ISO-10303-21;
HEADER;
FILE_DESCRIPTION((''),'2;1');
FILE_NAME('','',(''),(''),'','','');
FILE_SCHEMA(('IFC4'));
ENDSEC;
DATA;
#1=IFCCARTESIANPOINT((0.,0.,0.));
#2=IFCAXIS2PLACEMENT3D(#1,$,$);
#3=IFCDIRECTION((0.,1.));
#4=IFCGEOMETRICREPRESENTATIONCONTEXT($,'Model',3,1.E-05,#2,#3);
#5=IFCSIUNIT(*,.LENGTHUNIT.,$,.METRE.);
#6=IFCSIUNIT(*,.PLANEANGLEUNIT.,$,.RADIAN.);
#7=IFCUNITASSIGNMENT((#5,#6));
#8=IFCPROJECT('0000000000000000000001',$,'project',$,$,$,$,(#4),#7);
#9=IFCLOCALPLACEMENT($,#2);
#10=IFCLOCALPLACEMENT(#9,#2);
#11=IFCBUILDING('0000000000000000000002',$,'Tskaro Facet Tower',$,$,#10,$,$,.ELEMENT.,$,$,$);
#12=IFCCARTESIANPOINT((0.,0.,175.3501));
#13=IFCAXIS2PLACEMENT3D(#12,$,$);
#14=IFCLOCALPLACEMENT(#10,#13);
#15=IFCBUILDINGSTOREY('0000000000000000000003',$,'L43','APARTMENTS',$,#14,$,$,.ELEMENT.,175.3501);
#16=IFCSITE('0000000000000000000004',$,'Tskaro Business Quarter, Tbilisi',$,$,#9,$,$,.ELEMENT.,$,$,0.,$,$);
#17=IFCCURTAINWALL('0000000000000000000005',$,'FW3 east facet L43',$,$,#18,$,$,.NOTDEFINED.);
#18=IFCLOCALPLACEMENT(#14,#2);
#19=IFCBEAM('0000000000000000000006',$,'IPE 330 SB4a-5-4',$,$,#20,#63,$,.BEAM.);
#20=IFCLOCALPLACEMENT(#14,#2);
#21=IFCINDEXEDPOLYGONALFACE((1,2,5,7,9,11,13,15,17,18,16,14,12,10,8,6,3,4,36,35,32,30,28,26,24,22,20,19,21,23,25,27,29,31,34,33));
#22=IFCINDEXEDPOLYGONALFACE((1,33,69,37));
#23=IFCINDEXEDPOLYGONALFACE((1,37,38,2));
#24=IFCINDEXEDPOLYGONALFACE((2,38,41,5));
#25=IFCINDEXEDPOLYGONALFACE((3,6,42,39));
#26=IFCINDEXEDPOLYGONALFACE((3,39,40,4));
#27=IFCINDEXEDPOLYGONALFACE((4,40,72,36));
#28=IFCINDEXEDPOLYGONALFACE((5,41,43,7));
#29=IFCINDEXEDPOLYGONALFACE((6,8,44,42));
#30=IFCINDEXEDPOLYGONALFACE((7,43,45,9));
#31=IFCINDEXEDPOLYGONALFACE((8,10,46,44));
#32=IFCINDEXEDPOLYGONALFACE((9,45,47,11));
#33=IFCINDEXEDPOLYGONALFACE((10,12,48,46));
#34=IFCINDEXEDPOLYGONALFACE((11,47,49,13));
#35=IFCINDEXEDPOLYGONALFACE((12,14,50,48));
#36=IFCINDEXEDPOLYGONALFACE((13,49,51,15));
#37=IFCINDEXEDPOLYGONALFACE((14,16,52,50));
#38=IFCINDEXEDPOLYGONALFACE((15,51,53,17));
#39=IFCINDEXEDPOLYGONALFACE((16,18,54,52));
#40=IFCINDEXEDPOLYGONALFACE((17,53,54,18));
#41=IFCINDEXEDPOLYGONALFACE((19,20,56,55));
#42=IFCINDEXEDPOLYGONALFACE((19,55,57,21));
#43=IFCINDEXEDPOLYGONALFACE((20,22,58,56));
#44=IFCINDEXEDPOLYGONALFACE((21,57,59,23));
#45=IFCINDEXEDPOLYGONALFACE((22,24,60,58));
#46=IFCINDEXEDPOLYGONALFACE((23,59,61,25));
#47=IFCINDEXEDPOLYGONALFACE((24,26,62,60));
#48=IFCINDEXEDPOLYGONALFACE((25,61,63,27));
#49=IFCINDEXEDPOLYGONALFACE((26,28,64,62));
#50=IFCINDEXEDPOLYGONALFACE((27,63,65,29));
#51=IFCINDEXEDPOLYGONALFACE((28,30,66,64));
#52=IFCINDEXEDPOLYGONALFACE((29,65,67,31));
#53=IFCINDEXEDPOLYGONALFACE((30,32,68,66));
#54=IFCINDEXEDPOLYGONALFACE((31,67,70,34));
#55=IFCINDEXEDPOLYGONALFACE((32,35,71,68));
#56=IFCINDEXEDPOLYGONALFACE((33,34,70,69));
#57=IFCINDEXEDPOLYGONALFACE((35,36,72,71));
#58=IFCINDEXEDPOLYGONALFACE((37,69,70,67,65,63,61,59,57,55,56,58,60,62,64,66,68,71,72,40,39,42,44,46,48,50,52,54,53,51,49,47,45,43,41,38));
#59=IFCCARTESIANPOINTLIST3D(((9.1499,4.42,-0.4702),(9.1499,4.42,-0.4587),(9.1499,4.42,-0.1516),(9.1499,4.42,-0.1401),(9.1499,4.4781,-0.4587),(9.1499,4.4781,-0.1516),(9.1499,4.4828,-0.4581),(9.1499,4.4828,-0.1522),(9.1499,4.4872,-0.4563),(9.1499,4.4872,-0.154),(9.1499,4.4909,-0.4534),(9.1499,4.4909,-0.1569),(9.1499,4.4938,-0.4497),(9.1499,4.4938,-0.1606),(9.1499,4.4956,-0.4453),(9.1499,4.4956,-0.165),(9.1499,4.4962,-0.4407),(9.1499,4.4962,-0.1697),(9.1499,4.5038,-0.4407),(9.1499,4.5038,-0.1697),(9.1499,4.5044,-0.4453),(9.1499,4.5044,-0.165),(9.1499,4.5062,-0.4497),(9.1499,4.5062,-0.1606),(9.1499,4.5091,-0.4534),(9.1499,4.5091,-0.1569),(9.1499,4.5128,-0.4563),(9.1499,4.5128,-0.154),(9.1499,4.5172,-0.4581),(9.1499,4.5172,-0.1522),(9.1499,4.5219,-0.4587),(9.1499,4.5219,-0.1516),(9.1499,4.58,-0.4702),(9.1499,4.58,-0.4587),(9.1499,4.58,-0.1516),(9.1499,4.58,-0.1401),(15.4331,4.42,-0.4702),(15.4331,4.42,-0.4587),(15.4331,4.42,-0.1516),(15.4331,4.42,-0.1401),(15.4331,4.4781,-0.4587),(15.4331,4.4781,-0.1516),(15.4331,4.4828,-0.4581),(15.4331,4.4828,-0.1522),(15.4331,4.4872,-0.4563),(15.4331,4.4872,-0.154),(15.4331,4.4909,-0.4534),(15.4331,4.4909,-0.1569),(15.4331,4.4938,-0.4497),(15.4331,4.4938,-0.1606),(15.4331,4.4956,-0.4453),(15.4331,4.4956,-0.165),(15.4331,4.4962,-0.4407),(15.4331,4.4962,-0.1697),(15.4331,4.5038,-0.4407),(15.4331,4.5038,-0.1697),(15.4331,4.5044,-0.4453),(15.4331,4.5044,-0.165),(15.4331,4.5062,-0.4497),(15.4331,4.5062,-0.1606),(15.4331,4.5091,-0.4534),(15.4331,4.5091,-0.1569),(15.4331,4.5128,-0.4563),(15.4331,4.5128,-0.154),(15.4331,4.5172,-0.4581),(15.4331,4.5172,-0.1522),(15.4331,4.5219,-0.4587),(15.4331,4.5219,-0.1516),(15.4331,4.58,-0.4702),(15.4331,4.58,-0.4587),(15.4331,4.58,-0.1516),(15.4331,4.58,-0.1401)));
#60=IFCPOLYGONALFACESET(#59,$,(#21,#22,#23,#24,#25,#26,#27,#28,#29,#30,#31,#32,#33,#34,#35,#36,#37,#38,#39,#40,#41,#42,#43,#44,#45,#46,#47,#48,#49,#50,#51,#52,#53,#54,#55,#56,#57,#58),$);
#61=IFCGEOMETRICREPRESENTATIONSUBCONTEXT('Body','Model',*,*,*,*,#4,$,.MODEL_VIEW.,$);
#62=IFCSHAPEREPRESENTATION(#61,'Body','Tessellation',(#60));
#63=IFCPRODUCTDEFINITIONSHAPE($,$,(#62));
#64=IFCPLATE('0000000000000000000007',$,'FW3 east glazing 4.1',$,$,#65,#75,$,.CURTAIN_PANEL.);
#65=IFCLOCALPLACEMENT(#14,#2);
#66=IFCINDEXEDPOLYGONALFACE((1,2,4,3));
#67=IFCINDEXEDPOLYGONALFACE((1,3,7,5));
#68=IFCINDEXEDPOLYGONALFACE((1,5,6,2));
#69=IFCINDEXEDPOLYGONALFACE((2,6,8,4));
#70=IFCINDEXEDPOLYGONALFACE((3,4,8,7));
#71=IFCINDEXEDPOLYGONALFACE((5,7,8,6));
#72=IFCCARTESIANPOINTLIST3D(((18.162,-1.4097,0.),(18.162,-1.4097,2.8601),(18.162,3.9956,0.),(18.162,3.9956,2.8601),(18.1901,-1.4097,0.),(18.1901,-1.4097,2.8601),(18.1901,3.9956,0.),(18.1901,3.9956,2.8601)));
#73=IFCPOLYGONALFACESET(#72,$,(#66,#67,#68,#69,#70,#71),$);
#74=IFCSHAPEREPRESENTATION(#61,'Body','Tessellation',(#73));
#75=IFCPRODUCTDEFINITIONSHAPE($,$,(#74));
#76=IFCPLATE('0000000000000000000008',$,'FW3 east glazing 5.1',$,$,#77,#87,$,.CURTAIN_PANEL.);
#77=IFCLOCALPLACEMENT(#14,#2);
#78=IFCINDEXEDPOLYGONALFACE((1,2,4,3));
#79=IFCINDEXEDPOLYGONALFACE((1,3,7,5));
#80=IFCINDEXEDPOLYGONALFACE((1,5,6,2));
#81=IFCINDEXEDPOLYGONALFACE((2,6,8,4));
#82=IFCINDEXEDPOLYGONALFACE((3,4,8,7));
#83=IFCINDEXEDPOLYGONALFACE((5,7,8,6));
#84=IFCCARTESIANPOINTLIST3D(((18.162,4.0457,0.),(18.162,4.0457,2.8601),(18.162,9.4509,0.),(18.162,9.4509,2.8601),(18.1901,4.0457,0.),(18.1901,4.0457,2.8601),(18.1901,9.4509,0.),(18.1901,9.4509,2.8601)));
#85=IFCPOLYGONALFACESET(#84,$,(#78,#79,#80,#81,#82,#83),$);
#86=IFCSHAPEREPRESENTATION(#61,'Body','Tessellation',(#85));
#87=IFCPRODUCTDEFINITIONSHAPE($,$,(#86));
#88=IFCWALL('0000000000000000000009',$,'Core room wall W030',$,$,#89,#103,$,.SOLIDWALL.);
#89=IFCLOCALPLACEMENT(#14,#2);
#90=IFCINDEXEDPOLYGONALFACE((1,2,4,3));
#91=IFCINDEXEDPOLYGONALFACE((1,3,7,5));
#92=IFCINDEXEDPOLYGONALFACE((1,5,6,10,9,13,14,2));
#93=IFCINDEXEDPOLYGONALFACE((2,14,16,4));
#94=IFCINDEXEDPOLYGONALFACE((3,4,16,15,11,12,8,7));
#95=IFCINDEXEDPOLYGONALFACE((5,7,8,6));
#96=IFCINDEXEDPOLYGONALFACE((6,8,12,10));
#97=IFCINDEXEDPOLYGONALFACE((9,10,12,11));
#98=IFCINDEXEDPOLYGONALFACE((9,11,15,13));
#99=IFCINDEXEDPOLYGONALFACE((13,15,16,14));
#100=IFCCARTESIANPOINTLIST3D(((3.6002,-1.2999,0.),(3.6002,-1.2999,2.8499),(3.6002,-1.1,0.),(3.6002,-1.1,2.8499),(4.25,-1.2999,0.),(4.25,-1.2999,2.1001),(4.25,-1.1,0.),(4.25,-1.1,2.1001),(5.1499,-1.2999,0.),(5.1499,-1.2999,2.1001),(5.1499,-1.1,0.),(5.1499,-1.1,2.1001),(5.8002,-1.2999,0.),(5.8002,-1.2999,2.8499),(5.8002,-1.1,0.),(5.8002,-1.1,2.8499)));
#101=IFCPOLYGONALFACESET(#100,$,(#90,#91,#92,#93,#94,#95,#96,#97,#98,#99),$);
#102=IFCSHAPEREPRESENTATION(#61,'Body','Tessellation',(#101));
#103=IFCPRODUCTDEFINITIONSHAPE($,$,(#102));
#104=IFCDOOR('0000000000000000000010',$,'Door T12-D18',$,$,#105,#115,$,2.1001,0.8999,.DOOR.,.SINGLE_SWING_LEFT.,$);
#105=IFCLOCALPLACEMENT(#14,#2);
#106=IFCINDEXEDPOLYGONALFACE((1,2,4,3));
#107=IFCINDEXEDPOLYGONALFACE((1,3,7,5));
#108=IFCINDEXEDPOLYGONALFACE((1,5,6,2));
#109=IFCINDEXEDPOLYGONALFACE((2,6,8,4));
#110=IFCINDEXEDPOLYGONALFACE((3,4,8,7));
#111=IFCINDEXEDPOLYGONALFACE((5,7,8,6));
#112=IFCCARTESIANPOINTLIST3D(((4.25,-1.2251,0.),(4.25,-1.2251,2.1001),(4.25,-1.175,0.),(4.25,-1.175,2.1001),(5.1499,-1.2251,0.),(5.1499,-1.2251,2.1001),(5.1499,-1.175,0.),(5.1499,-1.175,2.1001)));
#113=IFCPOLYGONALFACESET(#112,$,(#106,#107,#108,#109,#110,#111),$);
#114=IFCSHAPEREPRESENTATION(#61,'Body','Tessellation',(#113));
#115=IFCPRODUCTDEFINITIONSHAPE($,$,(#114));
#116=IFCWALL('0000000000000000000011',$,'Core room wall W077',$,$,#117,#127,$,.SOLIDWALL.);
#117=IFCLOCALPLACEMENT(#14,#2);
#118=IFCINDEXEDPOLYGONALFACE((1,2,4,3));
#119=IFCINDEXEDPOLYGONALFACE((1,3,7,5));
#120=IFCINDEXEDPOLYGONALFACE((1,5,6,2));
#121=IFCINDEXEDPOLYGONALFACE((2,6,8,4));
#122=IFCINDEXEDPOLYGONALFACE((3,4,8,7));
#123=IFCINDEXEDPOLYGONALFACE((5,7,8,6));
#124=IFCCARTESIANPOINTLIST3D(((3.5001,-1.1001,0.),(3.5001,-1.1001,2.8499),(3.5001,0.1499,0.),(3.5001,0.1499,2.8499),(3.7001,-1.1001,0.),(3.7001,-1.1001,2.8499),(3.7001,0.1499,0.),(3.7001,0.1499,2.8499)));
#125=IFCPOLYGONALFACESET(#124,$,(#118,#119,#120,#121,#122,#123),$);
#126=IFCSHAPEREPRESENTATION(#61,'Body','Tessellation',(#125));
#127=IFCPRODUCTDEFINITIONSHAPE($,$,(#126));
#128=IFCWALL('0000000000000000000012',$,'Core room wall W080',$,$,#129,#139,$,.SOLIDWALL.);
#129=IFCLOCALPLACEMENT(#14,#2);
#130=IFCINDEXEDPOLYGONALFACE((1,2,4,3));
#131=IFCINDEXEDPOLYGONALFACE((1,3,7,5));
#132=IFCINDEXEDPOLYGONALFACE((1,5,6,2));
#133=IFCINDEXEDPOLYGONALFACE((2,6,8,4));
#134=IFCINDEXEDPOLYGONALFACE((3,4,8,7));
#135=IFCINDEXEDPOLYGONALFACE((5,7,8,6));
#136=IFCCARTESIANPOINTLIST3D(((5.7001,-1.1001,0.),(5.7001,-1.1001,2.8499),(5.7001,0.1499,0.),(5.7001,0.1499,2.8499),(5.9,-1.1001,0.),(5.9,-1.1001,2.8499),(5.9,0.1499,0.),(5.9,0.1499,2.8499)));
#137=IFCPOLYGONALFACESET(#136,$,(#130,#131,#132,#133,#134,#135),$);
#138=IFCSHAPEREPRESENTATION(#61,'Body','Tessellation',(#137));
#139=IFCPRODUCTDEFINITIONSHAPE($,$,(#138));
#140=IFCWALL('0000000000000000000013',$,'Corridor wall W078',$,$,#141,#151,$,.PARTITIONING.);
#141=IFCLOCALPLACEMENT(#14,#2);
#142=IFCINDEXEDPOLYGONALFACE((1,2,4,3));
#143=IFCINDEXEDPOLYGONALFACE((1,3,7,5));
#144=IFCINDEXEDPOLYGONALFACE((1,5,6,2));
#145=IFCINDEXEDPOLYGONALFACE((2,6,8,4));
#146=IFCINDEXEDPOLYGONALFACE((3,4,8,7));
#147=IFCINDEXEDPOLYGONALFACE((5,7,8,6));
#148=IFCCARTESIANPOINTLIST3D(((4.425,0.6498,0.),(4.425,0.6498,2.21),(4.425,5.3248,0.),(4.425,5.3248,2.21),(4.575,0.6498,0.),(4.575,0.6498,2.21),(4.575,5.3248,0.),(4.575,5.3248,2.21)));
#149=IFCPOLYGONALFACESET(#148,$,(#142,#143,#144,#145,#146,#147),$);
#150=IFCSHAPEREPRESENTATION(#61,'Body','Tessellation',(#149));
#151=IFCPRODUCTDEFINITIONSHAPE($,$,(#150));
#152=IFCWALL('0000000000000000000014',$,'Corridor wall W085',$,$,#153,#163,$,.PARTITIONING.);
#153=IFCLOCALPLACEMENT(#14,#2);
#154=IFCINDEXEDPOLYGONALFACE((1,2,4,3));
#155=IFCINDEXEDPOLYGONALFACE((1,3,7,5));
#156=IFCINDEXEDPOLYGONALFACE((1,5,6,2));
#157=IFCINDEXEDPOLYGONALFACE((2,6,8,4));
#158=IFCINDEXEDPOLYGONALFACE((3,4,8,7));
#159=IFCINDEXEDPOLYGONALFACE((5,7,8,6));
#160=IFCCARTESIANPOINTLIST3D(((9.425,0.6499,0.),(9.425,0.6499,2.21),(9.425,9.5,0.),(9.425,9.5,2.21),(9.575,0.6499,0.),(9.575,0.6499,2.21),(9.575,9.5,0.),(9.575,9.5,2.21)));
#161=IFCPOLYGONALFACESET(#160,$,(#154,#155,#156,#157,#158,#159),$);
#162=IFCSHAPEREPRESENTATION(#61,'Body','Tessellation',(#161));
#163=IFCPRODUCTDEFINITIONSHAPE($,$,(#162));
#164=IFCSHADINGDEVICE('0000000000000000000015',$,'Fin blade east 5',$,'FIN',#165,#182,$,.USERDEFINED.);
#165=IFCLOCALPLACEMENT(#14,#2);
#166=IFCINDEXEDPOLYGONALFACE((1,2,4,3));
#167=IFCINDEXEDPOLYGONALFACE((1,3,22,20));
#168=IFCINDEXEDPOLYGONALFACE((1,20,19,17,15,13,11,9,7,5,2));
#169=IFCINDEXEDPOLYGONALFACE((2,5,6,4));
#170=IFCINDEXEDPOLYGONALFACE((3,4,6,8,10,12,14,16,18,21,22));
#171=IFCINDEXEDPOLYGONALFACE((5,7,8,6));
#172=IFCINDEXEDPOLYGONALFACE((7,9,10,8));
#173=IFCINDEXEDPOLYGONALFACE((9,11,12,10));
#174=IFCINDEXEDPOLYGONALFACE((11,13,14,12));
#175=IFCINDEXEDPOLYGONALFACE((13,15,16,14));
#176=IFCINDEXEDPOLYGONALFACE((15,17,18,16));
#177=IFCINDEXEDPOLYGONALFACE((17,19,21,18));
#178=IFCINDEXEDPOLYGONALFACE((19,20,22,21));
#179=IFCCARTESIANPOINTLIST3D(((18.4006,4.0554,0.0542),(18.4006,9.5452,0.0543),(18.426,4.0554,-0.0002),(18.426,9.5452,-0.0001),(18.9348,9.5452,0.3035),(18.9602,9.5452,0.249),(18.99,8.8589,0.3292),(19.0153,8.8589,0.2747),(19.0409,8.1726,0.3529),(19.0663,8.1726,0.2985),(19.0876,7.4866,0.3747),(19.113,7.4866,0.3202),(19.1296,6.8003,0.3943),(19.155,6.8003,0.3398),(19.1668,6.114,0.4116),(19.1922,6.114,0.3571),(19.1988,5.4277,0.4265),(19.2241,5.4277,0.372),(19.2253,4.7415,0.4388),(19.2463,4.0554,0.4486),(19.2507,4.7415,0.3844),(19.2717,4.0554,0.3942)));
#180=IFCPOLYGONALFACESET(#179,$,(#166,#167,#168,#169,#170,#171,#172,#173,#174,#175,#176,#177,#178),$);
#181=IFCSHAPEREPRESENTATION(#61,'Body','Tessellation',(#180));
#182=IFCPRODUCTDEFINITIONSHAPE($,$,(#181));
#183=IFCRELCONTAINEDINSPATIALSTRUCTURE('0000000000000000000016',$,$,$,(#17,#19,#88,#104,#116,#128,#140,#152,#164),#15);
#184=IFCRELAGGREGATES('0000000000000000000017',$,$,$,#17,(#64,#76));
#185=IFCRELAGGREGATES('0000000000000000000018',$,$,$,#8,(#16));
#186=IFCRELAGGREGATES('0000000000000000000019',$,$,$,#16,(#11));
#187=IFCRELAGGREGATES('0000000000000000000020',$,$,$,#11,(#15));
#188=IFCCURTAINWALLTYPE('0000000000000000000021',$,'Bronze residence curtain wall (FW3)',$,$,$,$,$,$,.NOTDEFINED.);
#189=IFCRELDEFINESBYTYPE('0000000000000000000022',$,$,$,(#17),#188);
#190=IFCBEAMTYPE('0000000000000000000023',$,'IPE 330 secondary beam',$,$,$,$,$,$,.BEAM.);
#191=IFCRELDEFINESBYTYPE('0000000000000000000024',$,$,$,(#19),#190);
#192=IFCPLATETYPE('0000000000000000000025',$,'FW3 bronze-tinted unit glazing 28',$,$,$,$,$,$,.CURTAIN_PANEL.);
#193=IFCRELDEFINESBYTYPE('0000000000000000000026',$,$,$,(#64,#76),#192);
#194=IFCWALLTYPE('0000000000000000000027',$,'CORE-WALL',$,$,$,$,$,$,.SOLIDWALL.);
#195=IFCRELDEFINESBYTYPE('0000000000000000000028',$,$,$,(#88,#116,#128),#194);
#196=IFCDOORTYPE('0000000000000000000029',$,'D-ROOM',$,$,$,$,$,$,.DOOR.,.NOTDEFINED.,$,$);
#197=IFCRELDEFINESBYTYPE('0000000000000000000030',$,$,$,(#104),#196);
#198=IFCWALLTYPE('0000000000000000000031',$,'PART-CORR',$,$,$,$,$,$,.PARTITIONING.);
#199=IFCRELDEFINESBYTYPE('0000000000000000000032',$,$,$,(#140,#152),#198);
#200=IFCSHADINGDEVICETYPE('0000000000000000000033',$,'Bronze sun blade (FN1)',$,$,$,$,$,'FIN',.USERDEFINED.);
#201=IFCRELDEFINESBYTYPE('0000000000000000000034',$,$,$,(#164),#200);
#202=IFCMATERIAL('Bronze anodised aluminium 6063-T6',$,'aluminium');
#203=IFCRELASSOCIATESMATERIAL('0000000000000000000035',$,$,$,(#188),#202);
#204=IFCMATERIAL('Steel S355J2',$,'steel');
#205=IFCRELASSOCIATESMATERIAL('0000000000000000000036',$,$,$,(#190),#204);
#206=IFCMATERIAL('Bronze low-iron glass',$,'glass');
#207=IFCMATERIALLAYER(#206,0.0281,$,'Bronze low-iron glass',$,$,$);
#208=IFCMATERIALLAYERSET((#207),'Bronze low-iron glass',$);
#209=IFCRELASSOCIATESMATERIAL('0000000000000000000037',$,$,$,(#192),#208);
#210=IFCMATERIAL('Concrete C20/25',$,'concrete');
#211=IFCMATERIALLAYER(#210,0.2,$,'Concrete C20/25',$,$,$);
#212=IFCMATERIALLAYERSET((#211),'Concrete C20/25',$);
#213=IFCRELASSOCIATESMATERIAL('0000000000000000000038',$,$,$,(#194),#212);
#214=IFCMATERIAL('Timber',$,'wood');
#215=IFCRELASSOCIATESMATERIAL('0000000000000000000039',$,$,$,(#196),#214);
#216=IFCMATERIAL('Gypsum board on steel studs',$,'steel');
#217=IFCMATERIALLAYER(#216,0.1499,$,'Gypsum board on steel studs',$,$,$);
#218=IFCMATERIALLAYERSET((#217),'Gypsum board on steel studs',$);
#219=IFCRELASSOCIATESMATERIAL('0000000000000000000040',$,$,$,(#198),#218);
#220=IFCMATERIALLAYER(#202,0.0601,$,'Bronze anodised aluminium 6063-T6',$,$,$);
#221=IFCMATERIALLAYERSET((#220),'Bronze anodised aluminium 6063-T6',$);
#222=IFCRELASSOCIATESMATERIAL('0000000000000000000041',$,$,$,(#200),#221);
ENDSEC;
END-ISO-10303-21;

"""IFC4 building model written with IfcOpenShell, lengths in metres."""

from ifc_helpers import new_model, si_unit, direction, frame, frame_2d, origin, origin_2d, place, context, subcontext, project, spatial, polyline, rectangle, i_section, outline, extrude, material, layer, layer_set, material_profile, profile_set, type_object, element, fill, aggregate, save


model = new_model("IFC4")

# Units and contexts
model_context = context("Model", 3, precision=1e-05, world=origin(), true_north=direction((0.0, 1.0)))
body_context = subcontext(model_context, "Body", "Model", "MODEL_VIEW")
ifc_project = project(units=[si_unit("LENGTHUNIT", "METRE"), si_unit("PLANEANGLEUNIT", "RADIAN")], contexts=[model_context])

# Site, building, storey
site_placement = place(None, origin())
site = spatial("IfcSite", under=ifc_project, at=site_placement, Name="Tskaro Business Quarter, Tbilisi", CompositionType="ELEMENT", RefElevation=0.0)
building_placement = place(site_placement, origin())
building = spatial("IfcBuilding", under=site, at=building_placement, Name="Tskaro Facet Tower", CompositionType="ELEMENT")
storey_placement = place(building_placement, frame((0.0, 0.0, 175.3501)))
storey = spatial("IfcBuildingStorey", under=building, at=storey_placement, Name="L43", Description="APARTMENTS", CompositionType="ELEMENT", Elevation=175.3501)

# Curtain wall
ifc_material_1 = material(Name="Bronze anodised aluminium 6063-T6", Category="aluminium")
curtain_wall_type = type_object("IfcCurtainWallType", Name="Bronze residence curtain wall (FW3)", PredefinedType="NOTDEFINED", material=ifc_material_1)
curtain_wall_placement = place(storey_placement, origin())
curtain_wall = element("IfcCurtainWall", 1, at=curtain_wall_placement, inside=storey, type_object=curtain_wall_type, Name="FW3 east facet L43", PredefinedType="NOTDEFINED")

# Beam
ifc_material_2 = material(Name="Steel S355J2", Category="steel")
ifc_material_profile_1 = material_profile(ifc_material_2, i_section(OverallWidth=0.1599, OverallDepth=0.3301, WebThickness=0.0076, FlangeThickness=0.0115, FilletRadius=0.0181, at=origin_2d()), Name="IPE 330")
ifc_profile_set_1 = profile_set([ifc_material_profile_1], Name="Steel S355J2")
beam_type_1 = type_object("IfcBeamType", Name="IPE 330 secondary beam", PredefinedType="BEAM", material=ifc_profile_set_1)
beam_1_placement = place(storey_placement, frame((9.1499, 4.5, -0.3052), z_axis=(1.0, 0.0, 0.0), x_axis=(0.0, 1.0, 0.0)))
element("IfcBeam", 2, at=beam_1_placement, inside=storey, type_object=beam_type_1, Name="IPE 330 SB4a-5-4", PredefinedType="BEAM", context=body_context, shape_type="SweptSolid", body=[
    extrude(i_section(OverallWidth=0.1599, OverallDepth=0.3301, WebThickness=0.0076, FlangeThickness=0.0115, FilletRadius=0.0181, at=origin_2d()), origin(), (0.0, 0.0, 1.0), 6.2832),
])

# Plates
ifc_material_3 = material(Name="Bronze low-iron glass", Category="glass")
ifc_layer_1 = layer(ifc_material_3, 0.0281, Name="Bronze low-iron glass")
ifc_layer_set_1 = layer_set([ifc_layer_1], Name="Bronze low-iron glass")
plate_type = type_object("IfcPlateType", Name="FW3 bronze-tinted unit glazing 28", PredefinedType="CURTAIN_PANEL", material=ifc_layer_set_1)
plate_1_placement = place(storey_placement, frame((18.176, 1.293, 0.0), z_axis=(0.0, 0.0, 1.0), x_axis=(0.0, 1.0, 0.0)))
plate_1 = element("IfcPlate", 3, at=plate_1_placement, type_object=plate_type, Name="FW3 east glazing 4.1", PredefinedType="CURTAIN_PANEL", context=body_context, shape_type="SweptSolid", body=[
    extrude(rectangle(XDim=5.4053, YDim=0.0281, at=origin_2d()), origin(), (0.0, 0.0, 1.0), 2.8601),
])
plate_2_placement = place(storey_placement, frame((18.176, 6.7483, 0.0), z_axis=(0.0, 0.0, 1.0), x_axis=(0.0, 1.0, 0.0)))
plate_2 = element("IfcPlate", 4, at=plate_2_placement, type_object=plate_type, Name="FW3 east glazing 5.1", PredefinedType="CURTAIN_PANEL", context=body_context, shape_type="SweptSolid", body=[
    extrude(rectangle(XDim=5.4053, YDim=0.0281, at=origin_2d()), origin(), (0.0, 0.0, 1.0), 2.8601),
])
aggregate(curtain_wall, [plate_1, plate_2])

# Wall, opening, door
ifc_material_4 = material(Name="Concrete C20/25", Category="concrete")
ifc_layer_2 = layer(ifc_material_4, 0.2, Name="Concrete C20/25")
ifc_layer_set_2 = layer_set([ifc_layer_2], Name="Concrete C20/25")
wall_type_1 = type_object("IfcWallType", Name="CORE-WALL", PredefinedType="SOLIDWALL", material=ifc_layer_set_2)
wall_1_placement = place(storey_placement, frame((3.6001, -1.2, 0.0), z_axis=(0.0, 0.0, 1.0), x_axis=(1.0, 0.0, 0.0)))
wall_1 = element("IfcWall", 5, at=wall_1_placement, inside=storey, type_object=wall_type_1, Name="Core room wall W030", PredefinedType="SOLIDWALL", context=body_context, shape_type="SweptSolid", body=[
    extrude(rectangle(XDim=2.2, YDim=0.2, at=frame_2d((1.1001, 0.0))), origin(), (0.0, 0.0, 1.0), 2.8499),
])
opening_placement = place(wall_1_placement, frame((0.6499, 0.0, 0.0)))
opening = element("IfcOpeningElement", 6, at=opening_placement, cuts=wall_1, PredefinedType="OPENING", context=body_context, shape_type="SweptSolid", body=[
    extrude(rectangle(XDim=0.8999, YDim=2.1001, at=frame_2d((0.45, 1.05))), frame((0.0, 0.1099, 0.0), z_axis=(0.0, -1.0, 0.0), x_axis=(1.0, 0.0, 0.0)), (0.0, 0.0, 1.0), 0.22),
])
ifc_material_5 = material(Name="Timber", Category="wood")
door_type = type_object("IfcDoorType", Name="D-ROOM", OperationType="NOTDEFINED", PredefinedType="DOOR", material=ifc_material_5)
door_placement = place(opening_placement, origin())
door = element("IfcDoor", 7, at=door_placement, inside=storey, type_object=door_type, Name="Door T12-D18", OperationType="SINGLE_SWING_LEFT", OverallHeight=2.1001, OverallWidth=0.8999, PredefinedType="DOOR", context=body_context, shape_type="SweptSolid", body=[
    extrude(rectangle(XDim=0.8999, YDim=2.1001, at=frame_2d((0.45, 1.05))), frame((0.0, 0.0249, 0.0), z_axis=(0.0, -1.0, 0.0), x_axis=(1.0, 0.0, 0.0)), (0.0, 0.0, 1.0), 0.05),
])
fill(opening, door)

# Walls
for number, where, z_axis, x_axis, name in (
    (8, (3.6001, -1.1001, 0.0), (0.0, 0.0, 1.0), (0.0, 1.0, 0.0), "Core room wall W077"),
    (9, (5.8, -1.1001, 0.0), (0.0, 0.0, 1.0), (0.0, 1.0, 0.0), "Core room wall W080"),
):
    element("IfcWall", number, at=place(storey_placement, frame(where, z_axis=z_axis, x_axis=x_axis)), inside=storey, type_object=wall_type_1, Name=name, PredefinedType="SOLIDWALL", context=body_context, shape_type="SweptSolid", body=[
        extrude(rectangle(XDim=1.25, YDim=0.2, at=frame_2d((0.625, 0.0))), origin(), (0.0, 0.0, 1.0), 2.8499),
    ])
ifc_material_6 = material(Name="Gypsum board on steel studs", Category="steel")
ifc_layer_3 = layer(ifc_material_6, 0.1499, Name="Gypsum board on steel studs")
ifc_layer_set_3 = layer_set([ifc_layer_3], Name="Gypsum board on steel studs")
wall_type_2 = type_object("IfcWallType", Name="PART-CORR", PredefinedType="PARTITIONING", material=ifc_layer_set_3)
wall_2_placement = place(storey_placement, frame((4.5, 0.6499, 0.0), z_axis=(0.0, 0.0, 1.0), x_axis=(0.0, 1.0, 0.0)))
element("IfcWall", 10, at=wall_2_placement, inside=storey, type_object=wall_type_2, Name="Corridor wall W078", PredefinedType="PARTITIONING", context=body_context, shape_type="SweptSolid", body=[
    extrude(rectangle(XDim=4.675, YDim=0.1499, at=frame_2d((2.3374, 0.0))), origin(), (0.0, 0.0, 1.0), 2.21),
])
wall_3_placement = place(storey_placement, frame((9.5, 0.6499, 0.0), z_axis=(0.0, 0.0, 1.0), x_axis=(0.0, 1.0, 0.0)))
element("IfcWall", 11, at=wall_3_placement, inside=storey, type_object=wall_type_2, Name="Corridor wall W085", PredefinedType="PARTITIONING", context=body_context, shape_type="SweptSolid", body=[
    extrude(rectangle(XDim=8.8501, YDim=0.1499, at=frame_2d((4.425, 0.0))), origin(), (0.0, 0.0, 1.0), 2.21),
])

# Shading device
ifc_layer_4 = layer(ifc_material_1, 0.0601, Name="Bronze anodised aluminium 6063-T6")
ifc_layer_set_4 = layer_set([ifc_layer_4], Name="Bronze anodised aluminium 6063-T6")
shading_device_type = type_object("IfcShadingDeviceType", Name="Bronze sun blade (FN1)", ElementType="FIN", PredefinedType="USERDEFINED", material=ifc_layer_set_4)
shading_device_1_placement = place(storey_placement, frame((18.4006, 4.0554, 0.0542), z_axis=(-0.422682, -0.000022, 0.906278), x_axis=(-0.000009, 1.0, 0.00002)))
element("IfcShadingDevice", 12, at=shading_device_1_placement, inside=storey, type_object=shading_device_type, Name="Fin blade east 5", ObjectType="FIN", PredefinedType="USERDEFINED", context=body_context, shape_type="SweptSolid", body=[
    extrude(outline(polyline([(0.0, 0.0), (5.4897, 0.0), (5.4897, -0.5895), (4.8035, -0.6503), (4.1172, -0.7066), (3.4312, -0.758), (2.7449, -0.8044), (2.0586, -0.8454), (1.3723, -0.8807), (0.686, -0.9099), (0.0, -0.9331), (0.0, 0.0)])), origin(), (0.0, 0.0, -1.0), 0.0601),
])

save(model, "model.ifc")
